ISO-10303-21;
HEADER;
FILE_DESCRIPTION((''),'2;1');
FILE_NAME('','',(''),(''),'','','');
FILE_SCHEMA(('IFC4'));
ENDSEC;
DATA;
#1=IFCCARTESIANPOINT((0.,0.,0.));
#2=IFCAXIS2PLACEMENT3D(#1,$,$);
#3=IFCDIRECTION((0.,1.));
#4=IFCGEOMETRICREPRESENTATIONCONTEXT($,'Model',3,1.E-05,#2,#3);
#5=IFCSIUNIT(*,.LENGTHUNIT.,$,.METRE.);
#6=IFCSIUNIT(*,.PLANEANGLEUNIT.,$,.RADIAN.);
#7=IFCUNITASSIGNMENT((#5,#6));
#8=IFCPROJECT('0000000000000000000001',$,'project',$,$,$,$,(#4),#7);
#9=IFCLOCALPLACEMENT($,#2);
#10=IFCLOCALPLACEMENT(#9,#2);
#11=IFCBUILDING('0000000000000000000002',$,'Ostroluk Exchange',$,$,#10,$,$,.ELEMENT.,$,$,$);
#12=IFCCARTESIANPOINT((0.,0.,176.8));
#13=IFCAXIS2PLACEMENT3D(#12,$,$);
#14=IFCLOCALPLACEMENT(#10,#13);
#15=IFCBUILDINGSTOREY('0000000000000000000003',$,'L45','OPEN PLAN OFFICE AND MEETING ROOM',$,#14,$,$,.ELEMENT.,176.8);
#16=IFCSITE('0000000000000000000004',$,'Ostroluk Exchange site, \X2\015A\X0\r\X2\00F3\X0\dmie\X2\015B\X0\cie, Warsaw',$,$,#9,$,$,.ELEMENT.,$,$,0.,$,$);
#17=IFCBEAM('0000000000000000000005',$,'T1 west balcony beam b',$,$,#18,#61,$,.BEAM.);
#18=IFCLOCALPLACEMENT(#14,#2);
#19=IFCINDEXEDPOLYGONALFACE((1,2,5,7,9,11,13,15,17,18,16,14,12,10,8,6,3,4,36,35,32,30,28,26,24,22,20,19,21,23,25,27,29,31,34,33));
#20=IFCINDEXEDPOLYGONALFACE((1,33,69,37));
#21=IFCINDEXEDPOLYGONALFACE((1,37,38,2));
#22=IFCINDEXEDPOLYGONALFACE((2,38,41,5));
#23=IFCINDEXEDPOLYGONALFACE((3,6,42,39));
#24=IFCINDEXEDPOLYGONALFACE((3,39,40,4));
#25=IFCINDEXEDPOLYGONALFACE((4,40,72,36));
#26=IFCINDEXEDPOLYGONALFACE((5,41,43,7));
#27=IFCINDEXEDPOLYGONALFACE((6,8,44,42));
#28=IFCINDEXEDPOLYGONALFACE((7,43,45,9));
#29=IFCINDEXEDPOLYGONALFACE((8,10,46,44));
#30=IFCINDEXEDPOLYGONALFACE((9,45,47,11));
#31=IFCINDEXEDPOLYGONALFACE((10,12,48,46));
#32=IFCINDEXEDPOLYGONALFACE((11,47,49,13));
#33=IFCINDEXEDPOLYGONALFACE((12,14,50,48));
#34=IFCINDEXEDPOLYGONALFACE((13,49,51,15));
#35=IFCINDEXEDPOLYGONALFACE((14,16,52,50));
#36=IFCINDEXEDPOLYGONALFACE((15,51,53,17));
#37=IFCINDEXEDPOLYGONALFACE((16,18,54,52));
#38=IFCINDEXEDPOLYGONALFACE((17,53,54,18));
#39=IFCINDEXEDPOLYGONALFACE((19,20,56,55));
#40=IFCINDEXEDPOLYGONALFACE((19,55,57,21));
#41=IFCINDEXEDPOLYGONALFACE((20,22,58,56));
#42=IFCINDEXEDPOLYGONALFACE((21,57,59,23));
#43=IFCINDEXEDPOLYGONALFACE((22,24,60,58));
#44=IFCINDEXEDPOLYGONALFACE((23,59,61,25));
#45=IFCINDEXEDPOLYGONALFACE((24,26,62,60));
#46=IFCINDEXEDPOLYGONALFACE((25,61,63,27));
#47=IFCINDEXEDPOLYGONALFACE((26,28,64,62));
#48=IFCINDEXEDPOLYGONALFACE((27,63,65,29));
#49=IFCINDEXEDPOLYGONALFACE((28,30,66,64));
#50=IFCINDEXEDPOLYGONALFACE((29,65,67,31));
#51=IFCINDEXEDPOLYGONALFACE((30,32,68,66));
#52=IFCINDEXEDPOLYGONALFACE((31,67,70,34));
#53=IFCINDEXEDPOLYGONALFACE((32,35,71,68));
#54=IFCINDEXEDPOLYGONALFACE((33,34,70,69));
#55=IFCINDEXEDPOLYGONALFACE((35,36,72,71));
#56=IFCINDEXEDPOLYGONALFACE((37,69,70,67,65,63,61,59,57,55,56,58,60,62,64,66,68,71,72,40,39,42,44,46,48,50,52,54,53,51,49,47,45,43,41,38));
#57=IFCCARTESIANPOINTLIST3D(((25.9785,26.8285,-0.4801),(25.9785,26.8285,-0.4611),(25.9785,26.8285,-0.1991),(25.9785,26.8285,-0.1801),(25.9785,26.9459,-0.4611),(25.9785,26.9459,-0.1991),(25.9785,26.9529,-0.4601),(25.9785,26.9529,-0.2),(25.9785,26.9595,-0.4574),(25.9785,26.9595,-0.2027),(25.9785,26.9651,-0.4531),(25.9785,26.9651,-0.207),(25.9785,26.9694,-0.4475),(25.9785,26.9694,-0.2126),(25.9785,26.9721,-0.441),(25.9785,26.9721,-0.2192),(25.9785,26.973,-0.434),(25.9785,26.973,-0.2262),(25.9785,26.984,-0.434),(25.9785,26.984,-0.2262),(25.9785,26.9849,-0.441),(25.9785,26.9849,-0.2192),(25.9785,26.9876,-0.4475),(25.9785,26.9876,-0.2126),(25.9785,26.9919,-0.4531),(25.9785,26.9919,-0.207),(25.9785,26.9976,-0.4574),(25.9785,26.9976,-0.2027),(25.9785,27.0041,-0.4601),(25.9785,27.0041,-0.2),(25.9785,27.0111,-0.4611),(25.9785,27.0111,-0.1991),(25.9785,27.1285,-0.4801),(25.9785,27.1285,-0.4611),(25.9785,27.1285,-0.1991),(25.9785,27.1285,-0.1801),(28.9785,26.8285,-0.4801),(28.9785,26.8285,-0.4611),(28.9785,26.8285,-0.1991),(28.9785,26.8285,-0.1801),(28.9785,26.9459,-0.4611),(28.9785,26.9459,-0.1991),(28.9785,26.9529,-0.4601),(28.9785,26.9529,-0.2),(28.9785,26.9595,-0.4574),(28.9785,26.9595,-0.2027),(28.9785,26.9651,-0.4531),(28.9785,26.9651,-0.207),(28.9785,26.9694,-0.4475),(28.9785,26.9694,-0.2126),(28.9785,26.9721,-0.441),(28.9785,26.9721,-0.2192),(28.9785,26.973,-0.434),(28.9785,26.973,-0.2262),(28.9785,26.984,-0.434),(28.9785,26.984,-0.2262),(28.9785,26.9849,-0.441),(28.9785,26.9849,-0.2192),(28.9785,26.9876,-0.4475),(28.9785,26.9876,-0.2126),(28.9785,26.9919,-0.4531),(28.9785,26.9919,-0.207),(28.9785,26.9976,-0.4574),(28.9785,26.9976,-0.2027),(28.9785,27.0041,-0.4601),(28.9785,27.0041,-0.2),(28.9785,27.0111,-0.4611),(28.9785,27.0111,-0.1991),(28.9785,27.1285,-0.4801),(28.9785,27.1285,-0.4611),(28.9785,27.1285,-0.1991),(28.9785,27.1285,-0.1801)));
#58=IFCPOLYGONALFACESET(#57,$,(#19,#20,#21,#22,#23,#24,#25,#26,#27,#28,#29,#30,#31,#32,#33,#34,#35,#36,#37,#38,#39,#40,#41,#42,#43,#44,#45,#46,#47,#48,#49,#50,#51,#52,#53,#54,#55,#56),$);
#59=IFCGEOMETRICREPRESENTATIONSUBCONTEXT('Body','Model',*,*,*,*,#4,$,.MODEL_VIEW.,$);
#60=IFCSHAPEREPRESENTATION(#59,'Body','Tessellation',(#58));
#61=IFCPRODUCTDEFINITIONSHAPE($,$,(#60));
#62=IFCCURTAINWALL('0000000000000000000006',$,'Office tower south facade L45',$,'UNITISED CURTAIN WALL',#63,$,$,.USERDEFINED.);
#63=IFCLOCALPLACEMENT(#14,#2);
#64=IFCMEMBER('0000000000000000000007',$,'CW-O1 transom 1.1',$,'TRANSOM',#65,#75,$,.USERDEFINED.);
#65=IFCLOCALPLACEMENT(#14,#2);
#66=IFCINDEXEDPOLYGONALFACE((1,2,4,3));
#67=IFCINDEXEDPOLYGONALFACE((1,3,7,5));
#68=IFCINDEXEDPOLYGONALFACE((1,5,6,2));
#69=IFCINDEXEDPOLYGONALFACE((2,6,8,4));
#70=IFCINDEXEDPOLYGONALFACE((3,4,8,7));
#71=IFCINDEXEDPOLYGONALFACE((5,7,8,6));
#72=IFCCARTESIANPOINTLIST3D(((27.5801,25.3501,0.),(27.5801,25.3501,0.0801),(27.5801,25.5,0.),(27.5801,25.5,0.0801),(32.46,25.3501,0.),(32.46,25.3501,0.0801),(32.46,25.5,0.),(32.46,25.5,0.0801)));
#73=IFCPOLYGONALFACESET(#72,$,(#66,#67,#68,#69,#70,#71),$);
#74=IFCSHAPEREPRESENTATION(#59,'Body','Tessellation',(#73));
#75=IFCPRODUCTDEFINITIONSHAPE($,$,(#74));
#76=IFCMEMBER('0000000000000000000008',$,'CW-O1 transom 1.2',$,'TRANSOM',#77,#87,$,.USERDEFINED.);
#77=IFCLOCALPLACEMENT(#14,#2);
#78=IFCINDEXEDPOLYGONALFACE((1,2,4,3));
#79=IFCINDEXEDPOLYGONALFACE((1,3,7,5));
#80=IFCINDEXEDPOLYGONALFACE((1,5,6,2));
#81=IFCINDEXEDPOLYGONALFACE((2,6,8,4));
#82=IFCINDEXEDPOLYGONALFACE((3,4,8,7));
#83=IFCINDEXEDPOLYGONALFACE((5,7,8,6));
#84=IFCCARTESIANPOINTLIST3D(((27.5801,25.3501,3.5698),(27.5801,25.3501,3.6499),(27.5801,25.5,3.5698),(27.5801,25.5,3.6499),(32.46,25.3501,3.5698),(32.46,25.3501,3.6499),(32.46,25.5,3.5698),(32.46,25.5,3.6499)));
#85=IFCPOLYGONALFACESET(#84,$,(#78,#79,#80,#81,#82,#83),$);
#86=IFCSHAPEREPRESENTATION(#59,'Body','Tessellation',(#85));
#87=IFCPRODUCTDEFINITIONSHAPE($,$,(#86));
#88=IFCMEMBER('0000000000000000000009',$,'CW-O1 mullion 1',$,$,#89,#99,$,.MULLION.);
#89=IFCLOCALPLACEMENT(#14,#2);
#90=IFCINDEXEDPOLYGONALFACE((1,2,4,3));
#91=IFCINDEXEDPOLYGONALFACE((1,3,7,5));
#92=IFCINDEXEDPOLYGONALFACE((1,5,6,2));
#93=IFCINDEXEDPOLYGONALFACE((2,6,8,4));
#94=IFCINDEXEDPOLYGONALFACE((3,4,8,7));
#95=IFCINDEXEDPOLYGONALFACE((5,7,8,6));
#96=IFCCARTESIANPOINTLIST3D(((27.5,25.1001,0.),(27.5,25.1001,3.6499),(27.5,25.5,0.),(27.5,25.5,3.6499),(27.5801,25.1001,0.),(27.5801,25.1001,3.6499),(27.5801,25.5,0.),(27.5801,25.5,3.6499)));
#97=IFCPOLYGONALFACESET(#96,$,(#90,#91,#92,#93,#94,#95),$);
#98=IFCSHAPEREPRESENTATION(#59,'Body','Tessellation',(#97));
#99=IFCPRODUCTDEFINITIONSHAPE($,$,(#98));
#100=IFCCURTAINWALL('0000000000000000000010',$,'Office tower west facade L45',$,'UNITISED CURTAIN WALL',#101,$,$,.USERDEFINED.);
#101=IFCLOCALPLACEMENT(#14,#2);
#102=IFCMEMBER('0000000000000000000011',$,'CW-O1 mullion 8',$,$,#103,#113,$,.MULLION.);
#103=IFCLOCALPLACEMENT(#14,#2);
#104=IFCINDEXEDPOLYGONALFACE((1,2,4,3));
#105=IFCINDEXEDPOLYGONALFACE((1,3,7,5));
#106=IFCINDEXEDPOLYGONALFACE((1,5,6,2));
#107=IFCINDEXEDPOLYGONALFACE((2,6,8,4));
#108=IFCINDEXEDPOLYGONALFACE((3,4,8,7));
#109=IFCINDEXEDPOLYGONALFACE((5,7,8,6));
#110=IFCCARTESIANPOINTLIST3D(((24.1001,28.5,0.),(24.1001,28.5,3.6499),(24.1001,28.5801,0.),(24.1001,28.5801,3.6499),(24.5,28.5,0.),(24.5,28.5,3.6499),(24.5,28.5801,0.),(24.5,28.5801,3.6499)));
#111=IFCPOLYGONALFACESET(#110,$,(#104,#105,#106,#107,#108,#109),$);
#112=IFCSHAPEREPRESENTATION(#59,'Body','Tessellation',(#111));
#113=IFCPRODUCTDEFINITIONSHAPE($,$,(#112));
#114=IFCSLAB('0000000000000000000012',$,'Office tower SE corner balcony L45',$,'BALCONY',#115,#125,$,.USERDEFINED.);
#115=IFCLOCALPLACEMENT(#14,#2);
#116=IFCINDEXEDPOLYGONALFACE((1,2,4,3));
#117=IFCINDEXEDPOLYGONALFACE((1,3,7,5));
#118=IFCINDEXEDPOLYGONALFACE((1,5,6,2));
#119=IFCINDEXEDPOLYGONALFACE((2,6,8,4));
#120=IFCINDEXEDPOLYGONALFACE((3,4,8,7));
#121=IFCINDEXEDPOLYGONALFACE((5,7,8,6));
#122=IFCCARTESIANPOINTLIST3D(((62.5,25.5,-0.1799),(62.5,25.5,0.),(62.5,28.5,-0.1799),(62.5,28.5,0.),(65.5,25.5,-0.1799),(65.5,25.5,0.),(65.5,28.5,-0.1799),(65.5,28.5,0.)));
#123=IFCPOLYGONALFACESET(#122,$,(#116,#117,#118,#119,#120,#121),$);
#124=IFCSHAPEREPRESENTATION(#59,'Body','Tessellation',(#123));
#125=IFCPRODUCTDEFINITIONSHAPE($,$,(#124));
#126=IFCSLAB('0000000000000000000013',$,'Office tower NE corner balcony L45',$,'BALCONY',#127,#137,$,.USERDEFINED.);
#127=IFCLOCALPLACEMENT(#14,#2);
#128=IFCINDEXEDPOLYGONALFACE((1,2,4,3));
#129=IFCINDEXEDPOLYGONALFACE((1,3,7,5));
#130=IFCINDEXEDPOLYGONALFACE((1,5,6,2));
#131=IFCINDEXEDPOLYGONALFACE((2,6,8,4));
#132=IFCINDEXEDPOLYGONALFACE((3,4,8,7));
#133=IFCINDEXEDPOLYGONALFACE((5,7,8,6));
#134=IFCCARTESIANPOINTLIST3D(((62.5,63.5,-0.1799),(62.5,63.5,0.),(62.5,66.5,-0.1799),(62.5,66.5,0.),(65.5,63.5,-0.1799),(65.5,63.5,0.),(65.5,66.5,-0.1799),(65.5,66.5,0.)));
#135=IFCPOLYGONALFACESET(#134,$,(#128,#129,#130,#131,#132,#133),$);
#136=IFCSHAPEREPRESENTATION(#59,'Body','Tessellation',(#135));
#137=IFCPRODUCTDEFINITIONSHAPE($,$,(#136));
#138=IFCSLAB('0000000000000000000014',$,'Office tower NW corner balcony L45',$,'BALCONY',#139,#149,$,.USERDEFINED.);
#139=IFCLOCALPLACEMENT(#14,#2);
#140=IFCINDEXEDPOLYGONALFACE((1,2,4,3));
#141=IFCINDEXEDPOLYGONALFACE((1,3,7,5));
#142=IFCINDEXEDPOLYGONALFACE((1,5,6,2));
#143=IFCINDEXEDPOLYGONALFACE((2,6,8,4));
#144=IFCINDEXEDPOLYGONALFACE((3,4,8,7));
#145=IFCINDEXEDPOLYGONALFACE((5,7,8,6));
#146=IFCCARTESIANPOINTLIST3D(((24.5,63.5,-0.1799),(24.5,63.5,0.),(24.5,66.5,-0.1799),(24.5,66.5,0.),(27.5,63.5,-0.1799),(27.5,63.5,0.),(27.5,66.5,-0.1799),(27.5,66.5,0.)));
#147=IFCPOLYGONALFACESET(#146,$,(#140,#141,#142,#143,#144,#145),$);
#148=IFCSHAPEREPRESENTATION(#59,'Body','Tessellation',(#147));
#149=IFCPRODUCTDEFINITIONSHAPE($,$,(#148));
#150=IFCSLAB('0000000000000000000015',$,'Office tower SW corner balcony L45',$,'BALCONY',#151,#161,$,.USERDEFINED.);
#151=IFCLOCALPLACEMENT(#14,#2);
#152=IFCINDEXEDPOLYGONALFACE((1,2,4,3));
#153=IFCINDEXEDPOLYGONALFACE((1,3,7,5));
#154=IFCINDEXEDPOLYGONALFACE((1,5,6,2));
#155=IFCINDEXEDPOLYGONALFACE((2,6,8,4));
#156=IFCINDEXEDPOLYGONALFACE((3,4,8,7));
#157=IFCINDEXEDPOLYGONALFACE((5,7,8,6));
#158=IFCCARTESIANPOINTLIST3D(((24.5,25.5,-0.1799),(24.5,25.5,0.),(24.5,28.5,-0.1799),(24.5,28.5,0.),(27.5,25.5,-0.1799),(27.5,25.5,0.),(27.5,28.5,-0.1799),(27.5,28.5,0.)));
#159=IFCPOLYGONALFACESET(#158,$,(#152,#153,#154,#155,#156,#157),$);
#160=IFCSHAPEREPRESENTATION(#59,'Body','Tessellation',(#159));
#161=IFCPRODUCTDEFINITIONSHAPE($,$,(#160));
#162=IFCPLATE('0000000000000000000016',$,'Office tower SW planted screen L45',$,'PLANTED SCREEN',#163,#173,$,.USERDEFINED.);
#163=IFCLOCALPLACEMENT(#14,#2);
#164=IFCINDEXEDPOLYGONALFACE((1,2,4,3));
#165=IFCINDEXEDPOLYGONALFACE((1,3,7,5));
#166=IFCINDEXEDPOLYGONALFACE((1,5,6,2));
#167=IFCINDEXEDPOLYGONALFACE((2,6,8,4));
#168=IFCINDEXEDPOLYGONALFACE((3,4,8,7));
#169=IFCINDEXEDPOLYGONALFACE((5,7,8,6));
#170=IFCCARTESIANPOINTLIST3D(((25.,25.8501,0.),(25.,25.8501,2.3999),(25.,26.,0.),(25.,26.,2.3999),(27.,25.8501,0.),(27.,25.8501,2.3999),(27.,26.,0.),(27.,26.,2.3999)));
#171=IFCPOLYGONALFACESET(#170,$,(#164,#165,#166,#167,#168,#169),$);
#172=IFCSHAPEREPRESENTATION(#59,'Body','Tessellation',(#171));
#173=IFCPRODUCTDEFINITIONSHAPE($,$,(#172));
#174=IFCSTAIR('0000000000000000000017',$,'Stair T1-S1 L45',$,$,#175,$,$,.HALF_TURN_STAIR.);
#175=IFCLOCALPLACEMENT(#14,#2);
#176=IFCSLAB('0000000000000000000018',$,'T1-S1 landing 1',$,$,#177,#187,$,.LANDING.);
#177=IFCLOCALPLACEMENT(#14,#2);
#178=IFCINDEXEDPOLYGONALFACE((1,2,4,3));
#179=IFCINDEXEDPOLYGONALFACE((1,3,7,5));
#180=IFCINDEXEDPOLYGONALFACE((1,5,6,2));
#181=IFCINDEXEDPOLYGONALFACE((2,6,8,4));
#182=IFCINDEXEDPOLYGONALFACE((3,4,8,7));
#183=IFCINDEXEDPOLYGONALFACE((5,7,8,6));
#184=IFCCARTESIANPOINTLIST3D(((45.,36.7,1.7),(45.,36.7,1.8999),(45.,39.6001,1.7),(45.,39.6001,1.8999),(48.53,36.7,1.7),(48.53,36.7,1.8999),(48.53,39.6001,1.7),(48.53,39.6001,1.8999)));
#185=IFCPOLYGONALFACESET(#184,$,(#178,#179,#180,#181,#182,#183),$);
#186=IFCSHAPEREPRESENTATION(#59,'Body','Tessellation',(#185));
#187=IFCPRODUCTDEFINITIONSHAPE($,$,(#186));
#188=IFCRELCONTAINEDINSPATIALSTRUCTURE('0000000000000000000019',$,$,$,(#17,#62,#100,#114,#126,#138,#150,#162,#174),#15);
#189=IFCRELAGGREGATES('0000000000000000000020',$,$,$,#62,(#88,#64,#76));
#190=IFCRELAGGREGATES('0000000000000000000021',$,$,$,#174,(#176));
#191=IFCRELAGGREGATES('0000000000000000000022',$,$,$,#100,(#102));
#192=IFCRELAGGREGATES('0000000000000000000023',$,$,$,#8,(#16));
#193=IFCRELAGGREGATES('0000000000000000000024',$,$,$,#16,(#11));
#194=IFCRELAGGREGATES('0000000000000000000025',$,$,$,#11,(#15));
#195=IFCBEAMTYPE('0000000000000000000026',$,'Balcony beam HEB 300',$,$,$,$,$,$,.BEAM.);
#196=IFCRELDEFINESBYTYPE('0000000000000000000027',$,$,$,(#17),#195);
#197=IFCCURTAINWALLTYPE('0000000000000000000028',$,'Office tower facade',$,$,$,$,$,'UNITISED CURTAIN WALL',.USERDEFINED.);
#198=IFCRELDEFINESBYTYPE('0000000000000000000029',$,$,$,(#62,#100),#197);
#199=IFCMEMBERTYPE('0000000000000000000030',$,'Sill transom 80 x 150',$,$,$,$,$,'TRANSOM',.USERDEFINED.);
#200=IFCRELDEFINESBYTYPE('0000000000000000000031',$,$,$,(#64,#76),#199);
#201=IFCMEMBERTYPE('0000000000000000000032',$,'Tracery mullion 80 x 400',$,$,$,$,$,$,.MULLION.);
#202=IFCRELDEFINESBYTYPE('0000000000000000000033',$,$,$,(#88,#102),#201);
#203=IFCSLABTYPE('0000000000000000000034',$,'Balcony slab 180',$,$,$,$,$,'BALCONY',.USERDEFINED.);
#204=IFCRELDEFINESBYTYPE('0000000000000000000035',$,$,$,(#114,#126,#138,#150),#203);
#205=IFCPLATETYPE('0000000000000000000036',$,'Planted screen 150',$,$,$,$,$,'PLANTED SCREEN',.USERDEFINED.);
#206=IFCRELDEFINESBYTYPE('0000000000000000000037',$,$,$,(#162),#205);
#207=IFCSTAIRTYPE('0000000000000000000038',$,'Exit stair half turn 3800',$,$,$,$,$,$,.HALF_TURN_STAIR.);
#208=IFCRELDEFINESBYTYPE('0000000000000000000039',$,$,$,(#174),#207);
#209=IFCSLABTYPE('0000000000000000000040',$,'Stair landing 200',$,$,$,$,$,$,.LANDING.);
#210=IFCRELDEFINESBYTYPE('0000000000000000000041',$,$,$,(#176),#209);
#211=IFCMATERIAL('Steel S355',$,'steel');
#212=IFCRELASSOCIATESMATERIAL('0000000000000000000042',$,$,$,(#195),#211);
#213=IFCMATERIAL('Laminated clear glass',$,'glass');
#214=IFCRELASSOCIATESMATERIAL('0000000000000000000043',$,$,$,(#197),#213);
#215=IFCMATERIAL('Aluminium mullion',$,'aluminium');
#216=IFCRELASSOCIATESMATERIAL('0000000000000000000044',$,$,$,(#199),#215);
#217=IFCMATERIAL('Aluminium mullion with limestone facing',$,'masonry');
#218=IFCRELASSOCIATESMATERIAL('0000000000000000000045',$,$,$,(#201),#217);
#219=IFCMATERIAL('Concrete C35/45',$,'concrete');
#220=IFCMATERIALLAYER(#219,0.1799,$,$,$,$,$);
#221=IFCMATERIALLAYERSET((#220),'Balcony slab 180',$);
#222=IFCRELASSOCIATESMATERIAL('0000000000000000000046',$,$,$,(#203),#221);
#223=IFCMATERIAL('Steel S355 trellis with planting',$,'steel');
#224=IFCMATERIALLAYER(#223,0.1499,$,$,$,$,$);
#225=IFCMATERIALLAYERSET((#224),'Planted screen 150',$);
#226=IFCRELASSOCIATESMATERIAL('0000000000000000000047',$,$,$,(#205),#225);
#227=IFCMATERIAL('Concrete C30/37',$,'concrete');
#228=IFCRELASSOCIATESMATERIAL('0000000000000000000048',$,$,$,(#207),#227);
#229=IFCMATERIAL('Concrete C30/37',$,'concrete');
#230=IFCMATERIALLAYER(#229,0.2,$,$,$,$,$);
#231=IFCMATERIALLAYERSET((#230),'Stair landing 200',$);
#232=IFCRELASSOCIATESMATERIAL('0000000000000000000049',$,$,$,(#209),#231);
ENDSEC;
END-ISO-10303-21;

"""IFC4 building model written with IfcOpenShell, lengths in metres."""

from ifc_helpers import new_model, si_unit, direction, frame, origin, origin_2d, place, context, subcontext, project, spatial, polyline, rectangle, i_section, outline, extrude, material, layer, layer_set, material_profile, profile_set, type_object, element, aggregate, save


model = new_model("IFC4")

# Units and contexts
model_context = context("Model", 3, precision=1e-05, world=origin(), true_north=direction((0.0, 1.0)))
body_context = subcontext(model_context, "Body", "Model", "MODEL_VIEW")
ifc_project = project(units=[si_unit("LENGTHUNIT", "METRE"), si_unit("PLANEANGLEUNIT", "RADIAN")], contexts=[model_context])

# Site, building, storey
site_placement = place(None, origin())
site = spatial("IfcSite", under=ifc_project, at=site_placement, Name="Ostroluk Exchange site, Śródmieście, Warsaw", CompositionType="ELEMENT", RefElevation=0.0)
building_placement = place(site_placement, origin())
building = spatial("IfcBuilding", under=site, at=building_placement, Name="Ostroluk Exchange", CompositionType="ELEMENT")
storey_placement = place(building_placement, frame((0.0, 0.0, 176.8)))
storey = spatial("IfcBuildingStorey", under=building, at=storey_placement, Name="L45", Description="OPEN PLAN OFFICE AND MEETING ROOM", CompositionType="ELEMENT", Elevation=176.8)

# Beam
ifc_material_1 = material(Name="Steel S355", Category="steel")
ifc_material_profile_1 = material_profile(ifc_material_1, i_section(OverallWidth=0.3, OverallDepth=0.3, WebThickness=0.011, FlangeThickness=0.019, FilletRadius=0.0271, at=origin_2d()), Name="HEB 300")
ifc_profile_set_1 = profile_set([ifc_material_profile_1], Name="Steel S355")
beam_type = type_object("IfcBeamType", Name="Balcony beam HEB 300", PredefinedType="BEAM", material=ifc_profile_set_1)
for number, where, z_axis, x_axis, name in (
    (1, (28.9785, 26.9785, -0.3301), (-1.0, 0.0, 0.0), (0.0, -1.0, 0.0), "T1 west balcony beam b"),
):
    element("IfcBeam", number, at=place(storey_placement, frame(where, z_axis=z_axis, x_axis=x_axis)), inside=storey, type_object=beam_type, Name=name, PredefinedType="BEAM", context=body_context, shape_type="SweptSolid", body=[
        extrude(i_section(OverallWidth=0.3, OverallDepth=0.3, WebThickness=0.011, FlangeThickness=0.019, FilletRadius=0.0271, at=origin_2d()), origin(), (0.0, 0.0, 1.0), 3.0),
    ])

# Curtain wall, members
ifc_material_2 = material(Name="Laminated clear glass", Category="glass")
curtain_wall_type = type_object("IfcCurtainWallType", Name="Office tower facade", ElementType="UNITISED CURTAIN WALL", PredefinedType="USERDEFINED", material=ifc_material_2)
curtain_wall_1_placement = place(storey_placement, origin())
curtain_wall_1 = element("IfcCurtainWall", 2, at=curtain_wall_1_placement, inside=storey, type_object=curtain_wall_type, Name="Office tower south facade L45", ObjectType="UNITISED CURTAIN WALL", PredefinedType="USERDEFINED")
ifc_material_3 = material(Name="Aluminium mullion", Category="aluminium")
ifc_material_profile_2 = material_profile(ifc_material_3, rectangle(XDim=0.1499, YDim=0.0801, at=origin_2d()), Name="Sill transom 80 x 150")
ifc_profile_set_2 = profile_set([ifc_material_profile_2], Name="Aluminium mullion")
member_type_1 = type_object("IfcMemberType", Name="Sill transom 80 x 150", ElementType="TRANSOM", PredefinedType="USERDEFINED", material=ifc_profile_set_2)
member_1_placement = place(storey_placement, frame((27.5801, 25.425, 0.04), z_axis=(1.0, 0.0, 0.0), x_axis=(0.0, 1.0, 0.0)))
member_1 = element("IfcMember", 3, at=member_1_placement, type_object=member_type_1, Name="CW-O1 transom 1.1", ObjectType="TRANSOM", PredefinedType="USERDEFINED", context=body_context, shape_type="SweptSolid", body=[
    extrude(rectangle(XDim=0.1499, YDim=0.0801, at=origin_2d()), origin(), (0.0, 0.0, 1.0), 4.8799),
])
member_2_placement = place(storey_placement, frame((27.5801, 25.425, 3.6099), z_axis=(1.0, 0.0, 0.0), x_axis=(0.0, 1.0, 0.0)))
member_2 = element("IfcMember", 4, at=member_2_placement, type_object=member_type_1, Name="CW-O1 transom 1.2", ObjectType="TRANSOM", PredefinedType="USERDEFINED", context=body_context, shape_type="SweptSolid", body=[
    extrude(rectangle(XDim=0.1499, YDim=0.0801, at=origin_2d()), origin(), (0.0, 0.0, 1.0), 4.8799),
])
ifc_material_4 = material(Name="Aluminium mullion with limestone facing", Category="masonry")
ifc_material_profile_3 = material_profile(ifc_material_4, rectangle(XDim=0.3999, YDim=0.0801, at=origin_2d()), Name="Tracery mullion 80 x 400")
ifc_profile_set_3 = profile_set([ifc_material_profile_3], Name="Aluminium mullion with limestone facing")
member_type_2 = type_object("IfcMemberType", Name="Tracery mullion 80 x 400", PredefinedType="MULLION", material=ifc_profile_set_3)
member_3_placement = place(storey_placement, frame((27.54, 25.3, 0.0), z_axis=(0.0, 0.0, 1.0), x_axis=(0.0, 1.0, 0.0)))
member_3 = element("IfcMember", 5, at=member_3_placement, type_object=member_type_2, Name="CW-O1 mullion 1", PredefinedType="MULLION", context=body_context, shape_type="SweptSolid", body=[
    extrude(rectangle(XDim=0.3999, YDim=0.0801, at=origin_2d()), origin(), (0.0, 0.0, 1.0), 3.6499),
])
aggregate(curtain_wall_1, [member_3, member_1, member_2])

# Curtain wall, member
curtain_wall_2_placement = place(storey_placement, origin())
curtain_wall_2 = element("IfcCurtainWall", 6, at=curtain_wall_2_placement, inside=storey, type_object=curtain_wall_type, Name="Office tower west facade L45", ObjectType="UNITISED CURTAIN WALL", PredefinedType="USERDEFINED")
member_4_placement = place(storey_placement, frame((24.3, 28.54, 0.0), z_axis=(0.0, 0.0, 1.0), x_axis=(1.0, 0.0, 0.0)))
member_4 = element("IfcMember", 7, at=member_4_placement, type_object=member_type_2, Name="CW-O1 mullion 8", PredefinedType="MULLION", context=body_context, shape_type="SweptSolid", body=[
    extrude(rectangle(XDim=0.3999, YDim=0.0801, at=origin_2d()), origin(), (0.0, 0.0, 1.0), 3.6499),
])

# Slabs
ifc_material_5 = material(Name="Concrete C35/45", Category="concrete")
ifc_layer_1 = layer(ifc_material_5, 0.1799)
ifc_layer_set_1 = layer_set([ifc_layer_1], Name="Balcony slab 180")
slab_type_1 = type_object("IfcSlabType", Name="Balcony slab 180", ElementType="BALCONY", PredefinedType="USERDEFINED", material=ifc_layer_set_1)
slab_1_placement = place(storey_placement, frame((0.0, 0.0, -0.1799)))
element("IfcSlab", 8, at=slab_1_placement, inside=storey, type_object=slab_type_1, Name="Office tower SE corner balcony L45", ObjectType="BALCONY", PredefinedType="USERDEFINED", context=body_context, shape_type="SweptSolid", body=[
    extrude(outline(polyline([(62.5, 25.5), (65.5, 25.5), (65.5, 28.5), (62.5, 28.5), (62.5, 25.5)])), origin(), (0.0, 0.0, 1.0), 0.1799),
])
slab_2_placement = place(storey_placement, frame((0.0, 0.0, -0.1799)))
element("IfcSlab", 9, at=slab_2_placement, inside=storey, type_object=slab_type_1, Name="Office tower NE corner balcony L45", ObjectType="BALCONY", PredefinedType="USERDEFINED", context=body_context, shape_type="SweptSolid", body=[
    extrude(outline(polyline([(62.5, 63.5), (65.5, 63.5), (65.5, 66.5), (62.5, 66.5), (62.5, 63.5)])), origin(), (0.0, 0.0, 1.0), 0.1799),
])
slab_3_placement = place(storey_placement, frame((0.0, 0.0, -0.1799)))
element("IfcSlab", 10, at=slab_3_placement, inside=storey, type_object=slab_type_1, Name="Office tower NW corner balcony L45", ObjectType="BALCONY", PredefinedType="USERDEFINED", context=body_context, shape_type="SweptSolid", body=[
    extrude(outline(polyline([(24.5, 63.5), (27.5, 63.5), (27.5, 66.5), (24.5, 66.5), (24.5, 63.5)])), origin(), (0.0, 0.0, 1.0), 0.1799),
])
slab_4_placement = place(storey_placement, frame((0.0, 0.0, -0.1799)))
element("IfcSlab", 11, at=slab_4_placement, inside=storey, type_object=slab_type_1, Name="Office tower SW corner balcony L45", ObjectType="BALCONY", PredefinedType="USERDEFINED", context=body_context, shape_type="SweptSolid", body=[
    extrude(outline(polyline([(24.5, 25.5), (27.5, 25.5), (27.5, 28.5), (24.5, 28.5), (24.5, 25.5)])), origin(), (0.0, 0.0, 1.0), 0.1799),
])

# Plate
ifc_material_6 = material(Name="Steel S355 trellis with planting", Category="steel")
ifc_layer_2 = layer(ifc_material_6, 0.1499)
ifc_layer_set_2 = layer_set([ifc_layer_2], Name="Planted screen 150")
plate_type_1 = type_object("IfcPlateType", Name="Planted screen 150", ElementType="PLANTED SCREEN", PredefinedType="USERDEFINED", material=ifc_layer_set_2)
plate_1_placement = place(storey_placement, frame((26.0, 25.925, 0.0), z_axis=(0.0, 0.0, 1.0), x_axis=(1.0, 0.0, 0.0)))
element("IfcPlate", 12, at=plate_1_placement, inside=storey, type_object=plate_type_1, Name="Office tower SW planted screen L45", ObjectType="PLANTED SCREEN", PredefinedType="USERDEFINED", context=body_context, shape_type="SweptSolid", body=[
    extrude(rectangle(XDim=2.0, YDim=0.1499, at=origin_2d()), origin(), (0.0, 0.0, 1.0), 2.3999),
])

# Stair, slab
ifc_material_7 = material(Name="Concrete C30/37", Category="concrete")
stair_type = type_object("IfcStairType", Name="Exit stair half turn 3800", PredefinedType="HALF_TURN_STAIR", material=ifc_material_7)
stair_1_placement = place(storey_placement, origin())
stair_1 = element("IfcStair", 13, at=stair_1_placement, inside=storey, type_object=stair_type, Name="Stair T1-S1 L45", PredefinedType="HALF_TURN_STAIR")
ifc_material_8 = material(Name="Concrete C30/37", Category="concrete")
ifc_layer_3 = layer(ifc_material_8, 0.2)
ifc_layer_set_3 = layer_set([ifc_layer_3], Name="Stair landing 200")
slab_type_2 = type_object("IfcSlabType", Name="Stair landing 200", PredefinedType="LANDING", material=ifc_layer_set_3)
slab_5_placement = place(storey_placement, frame((0.0, 0.0, 1.7)))
slab_5 = element("IfcSlab", 14, at=slab_5_placement, type_object=slab_type_2, Name="T1-S1 landing 1", PredefinedType="LANDING", context=body_context, shape_type="SweptSolid", body=[
    extrude(outline(polyline([(45.0, 36.7), (45.0, 39.6001), (48.53, 39.6001), (48.53, 36.7), (45.0, 36.7)])), origin(), (0.0, 0.0, 1.0), 0.2),
])
aggregate(stair_1, [slab_5])

aggregate(curtain_wall_2, [member_4])

save(model, "model.ifc")
